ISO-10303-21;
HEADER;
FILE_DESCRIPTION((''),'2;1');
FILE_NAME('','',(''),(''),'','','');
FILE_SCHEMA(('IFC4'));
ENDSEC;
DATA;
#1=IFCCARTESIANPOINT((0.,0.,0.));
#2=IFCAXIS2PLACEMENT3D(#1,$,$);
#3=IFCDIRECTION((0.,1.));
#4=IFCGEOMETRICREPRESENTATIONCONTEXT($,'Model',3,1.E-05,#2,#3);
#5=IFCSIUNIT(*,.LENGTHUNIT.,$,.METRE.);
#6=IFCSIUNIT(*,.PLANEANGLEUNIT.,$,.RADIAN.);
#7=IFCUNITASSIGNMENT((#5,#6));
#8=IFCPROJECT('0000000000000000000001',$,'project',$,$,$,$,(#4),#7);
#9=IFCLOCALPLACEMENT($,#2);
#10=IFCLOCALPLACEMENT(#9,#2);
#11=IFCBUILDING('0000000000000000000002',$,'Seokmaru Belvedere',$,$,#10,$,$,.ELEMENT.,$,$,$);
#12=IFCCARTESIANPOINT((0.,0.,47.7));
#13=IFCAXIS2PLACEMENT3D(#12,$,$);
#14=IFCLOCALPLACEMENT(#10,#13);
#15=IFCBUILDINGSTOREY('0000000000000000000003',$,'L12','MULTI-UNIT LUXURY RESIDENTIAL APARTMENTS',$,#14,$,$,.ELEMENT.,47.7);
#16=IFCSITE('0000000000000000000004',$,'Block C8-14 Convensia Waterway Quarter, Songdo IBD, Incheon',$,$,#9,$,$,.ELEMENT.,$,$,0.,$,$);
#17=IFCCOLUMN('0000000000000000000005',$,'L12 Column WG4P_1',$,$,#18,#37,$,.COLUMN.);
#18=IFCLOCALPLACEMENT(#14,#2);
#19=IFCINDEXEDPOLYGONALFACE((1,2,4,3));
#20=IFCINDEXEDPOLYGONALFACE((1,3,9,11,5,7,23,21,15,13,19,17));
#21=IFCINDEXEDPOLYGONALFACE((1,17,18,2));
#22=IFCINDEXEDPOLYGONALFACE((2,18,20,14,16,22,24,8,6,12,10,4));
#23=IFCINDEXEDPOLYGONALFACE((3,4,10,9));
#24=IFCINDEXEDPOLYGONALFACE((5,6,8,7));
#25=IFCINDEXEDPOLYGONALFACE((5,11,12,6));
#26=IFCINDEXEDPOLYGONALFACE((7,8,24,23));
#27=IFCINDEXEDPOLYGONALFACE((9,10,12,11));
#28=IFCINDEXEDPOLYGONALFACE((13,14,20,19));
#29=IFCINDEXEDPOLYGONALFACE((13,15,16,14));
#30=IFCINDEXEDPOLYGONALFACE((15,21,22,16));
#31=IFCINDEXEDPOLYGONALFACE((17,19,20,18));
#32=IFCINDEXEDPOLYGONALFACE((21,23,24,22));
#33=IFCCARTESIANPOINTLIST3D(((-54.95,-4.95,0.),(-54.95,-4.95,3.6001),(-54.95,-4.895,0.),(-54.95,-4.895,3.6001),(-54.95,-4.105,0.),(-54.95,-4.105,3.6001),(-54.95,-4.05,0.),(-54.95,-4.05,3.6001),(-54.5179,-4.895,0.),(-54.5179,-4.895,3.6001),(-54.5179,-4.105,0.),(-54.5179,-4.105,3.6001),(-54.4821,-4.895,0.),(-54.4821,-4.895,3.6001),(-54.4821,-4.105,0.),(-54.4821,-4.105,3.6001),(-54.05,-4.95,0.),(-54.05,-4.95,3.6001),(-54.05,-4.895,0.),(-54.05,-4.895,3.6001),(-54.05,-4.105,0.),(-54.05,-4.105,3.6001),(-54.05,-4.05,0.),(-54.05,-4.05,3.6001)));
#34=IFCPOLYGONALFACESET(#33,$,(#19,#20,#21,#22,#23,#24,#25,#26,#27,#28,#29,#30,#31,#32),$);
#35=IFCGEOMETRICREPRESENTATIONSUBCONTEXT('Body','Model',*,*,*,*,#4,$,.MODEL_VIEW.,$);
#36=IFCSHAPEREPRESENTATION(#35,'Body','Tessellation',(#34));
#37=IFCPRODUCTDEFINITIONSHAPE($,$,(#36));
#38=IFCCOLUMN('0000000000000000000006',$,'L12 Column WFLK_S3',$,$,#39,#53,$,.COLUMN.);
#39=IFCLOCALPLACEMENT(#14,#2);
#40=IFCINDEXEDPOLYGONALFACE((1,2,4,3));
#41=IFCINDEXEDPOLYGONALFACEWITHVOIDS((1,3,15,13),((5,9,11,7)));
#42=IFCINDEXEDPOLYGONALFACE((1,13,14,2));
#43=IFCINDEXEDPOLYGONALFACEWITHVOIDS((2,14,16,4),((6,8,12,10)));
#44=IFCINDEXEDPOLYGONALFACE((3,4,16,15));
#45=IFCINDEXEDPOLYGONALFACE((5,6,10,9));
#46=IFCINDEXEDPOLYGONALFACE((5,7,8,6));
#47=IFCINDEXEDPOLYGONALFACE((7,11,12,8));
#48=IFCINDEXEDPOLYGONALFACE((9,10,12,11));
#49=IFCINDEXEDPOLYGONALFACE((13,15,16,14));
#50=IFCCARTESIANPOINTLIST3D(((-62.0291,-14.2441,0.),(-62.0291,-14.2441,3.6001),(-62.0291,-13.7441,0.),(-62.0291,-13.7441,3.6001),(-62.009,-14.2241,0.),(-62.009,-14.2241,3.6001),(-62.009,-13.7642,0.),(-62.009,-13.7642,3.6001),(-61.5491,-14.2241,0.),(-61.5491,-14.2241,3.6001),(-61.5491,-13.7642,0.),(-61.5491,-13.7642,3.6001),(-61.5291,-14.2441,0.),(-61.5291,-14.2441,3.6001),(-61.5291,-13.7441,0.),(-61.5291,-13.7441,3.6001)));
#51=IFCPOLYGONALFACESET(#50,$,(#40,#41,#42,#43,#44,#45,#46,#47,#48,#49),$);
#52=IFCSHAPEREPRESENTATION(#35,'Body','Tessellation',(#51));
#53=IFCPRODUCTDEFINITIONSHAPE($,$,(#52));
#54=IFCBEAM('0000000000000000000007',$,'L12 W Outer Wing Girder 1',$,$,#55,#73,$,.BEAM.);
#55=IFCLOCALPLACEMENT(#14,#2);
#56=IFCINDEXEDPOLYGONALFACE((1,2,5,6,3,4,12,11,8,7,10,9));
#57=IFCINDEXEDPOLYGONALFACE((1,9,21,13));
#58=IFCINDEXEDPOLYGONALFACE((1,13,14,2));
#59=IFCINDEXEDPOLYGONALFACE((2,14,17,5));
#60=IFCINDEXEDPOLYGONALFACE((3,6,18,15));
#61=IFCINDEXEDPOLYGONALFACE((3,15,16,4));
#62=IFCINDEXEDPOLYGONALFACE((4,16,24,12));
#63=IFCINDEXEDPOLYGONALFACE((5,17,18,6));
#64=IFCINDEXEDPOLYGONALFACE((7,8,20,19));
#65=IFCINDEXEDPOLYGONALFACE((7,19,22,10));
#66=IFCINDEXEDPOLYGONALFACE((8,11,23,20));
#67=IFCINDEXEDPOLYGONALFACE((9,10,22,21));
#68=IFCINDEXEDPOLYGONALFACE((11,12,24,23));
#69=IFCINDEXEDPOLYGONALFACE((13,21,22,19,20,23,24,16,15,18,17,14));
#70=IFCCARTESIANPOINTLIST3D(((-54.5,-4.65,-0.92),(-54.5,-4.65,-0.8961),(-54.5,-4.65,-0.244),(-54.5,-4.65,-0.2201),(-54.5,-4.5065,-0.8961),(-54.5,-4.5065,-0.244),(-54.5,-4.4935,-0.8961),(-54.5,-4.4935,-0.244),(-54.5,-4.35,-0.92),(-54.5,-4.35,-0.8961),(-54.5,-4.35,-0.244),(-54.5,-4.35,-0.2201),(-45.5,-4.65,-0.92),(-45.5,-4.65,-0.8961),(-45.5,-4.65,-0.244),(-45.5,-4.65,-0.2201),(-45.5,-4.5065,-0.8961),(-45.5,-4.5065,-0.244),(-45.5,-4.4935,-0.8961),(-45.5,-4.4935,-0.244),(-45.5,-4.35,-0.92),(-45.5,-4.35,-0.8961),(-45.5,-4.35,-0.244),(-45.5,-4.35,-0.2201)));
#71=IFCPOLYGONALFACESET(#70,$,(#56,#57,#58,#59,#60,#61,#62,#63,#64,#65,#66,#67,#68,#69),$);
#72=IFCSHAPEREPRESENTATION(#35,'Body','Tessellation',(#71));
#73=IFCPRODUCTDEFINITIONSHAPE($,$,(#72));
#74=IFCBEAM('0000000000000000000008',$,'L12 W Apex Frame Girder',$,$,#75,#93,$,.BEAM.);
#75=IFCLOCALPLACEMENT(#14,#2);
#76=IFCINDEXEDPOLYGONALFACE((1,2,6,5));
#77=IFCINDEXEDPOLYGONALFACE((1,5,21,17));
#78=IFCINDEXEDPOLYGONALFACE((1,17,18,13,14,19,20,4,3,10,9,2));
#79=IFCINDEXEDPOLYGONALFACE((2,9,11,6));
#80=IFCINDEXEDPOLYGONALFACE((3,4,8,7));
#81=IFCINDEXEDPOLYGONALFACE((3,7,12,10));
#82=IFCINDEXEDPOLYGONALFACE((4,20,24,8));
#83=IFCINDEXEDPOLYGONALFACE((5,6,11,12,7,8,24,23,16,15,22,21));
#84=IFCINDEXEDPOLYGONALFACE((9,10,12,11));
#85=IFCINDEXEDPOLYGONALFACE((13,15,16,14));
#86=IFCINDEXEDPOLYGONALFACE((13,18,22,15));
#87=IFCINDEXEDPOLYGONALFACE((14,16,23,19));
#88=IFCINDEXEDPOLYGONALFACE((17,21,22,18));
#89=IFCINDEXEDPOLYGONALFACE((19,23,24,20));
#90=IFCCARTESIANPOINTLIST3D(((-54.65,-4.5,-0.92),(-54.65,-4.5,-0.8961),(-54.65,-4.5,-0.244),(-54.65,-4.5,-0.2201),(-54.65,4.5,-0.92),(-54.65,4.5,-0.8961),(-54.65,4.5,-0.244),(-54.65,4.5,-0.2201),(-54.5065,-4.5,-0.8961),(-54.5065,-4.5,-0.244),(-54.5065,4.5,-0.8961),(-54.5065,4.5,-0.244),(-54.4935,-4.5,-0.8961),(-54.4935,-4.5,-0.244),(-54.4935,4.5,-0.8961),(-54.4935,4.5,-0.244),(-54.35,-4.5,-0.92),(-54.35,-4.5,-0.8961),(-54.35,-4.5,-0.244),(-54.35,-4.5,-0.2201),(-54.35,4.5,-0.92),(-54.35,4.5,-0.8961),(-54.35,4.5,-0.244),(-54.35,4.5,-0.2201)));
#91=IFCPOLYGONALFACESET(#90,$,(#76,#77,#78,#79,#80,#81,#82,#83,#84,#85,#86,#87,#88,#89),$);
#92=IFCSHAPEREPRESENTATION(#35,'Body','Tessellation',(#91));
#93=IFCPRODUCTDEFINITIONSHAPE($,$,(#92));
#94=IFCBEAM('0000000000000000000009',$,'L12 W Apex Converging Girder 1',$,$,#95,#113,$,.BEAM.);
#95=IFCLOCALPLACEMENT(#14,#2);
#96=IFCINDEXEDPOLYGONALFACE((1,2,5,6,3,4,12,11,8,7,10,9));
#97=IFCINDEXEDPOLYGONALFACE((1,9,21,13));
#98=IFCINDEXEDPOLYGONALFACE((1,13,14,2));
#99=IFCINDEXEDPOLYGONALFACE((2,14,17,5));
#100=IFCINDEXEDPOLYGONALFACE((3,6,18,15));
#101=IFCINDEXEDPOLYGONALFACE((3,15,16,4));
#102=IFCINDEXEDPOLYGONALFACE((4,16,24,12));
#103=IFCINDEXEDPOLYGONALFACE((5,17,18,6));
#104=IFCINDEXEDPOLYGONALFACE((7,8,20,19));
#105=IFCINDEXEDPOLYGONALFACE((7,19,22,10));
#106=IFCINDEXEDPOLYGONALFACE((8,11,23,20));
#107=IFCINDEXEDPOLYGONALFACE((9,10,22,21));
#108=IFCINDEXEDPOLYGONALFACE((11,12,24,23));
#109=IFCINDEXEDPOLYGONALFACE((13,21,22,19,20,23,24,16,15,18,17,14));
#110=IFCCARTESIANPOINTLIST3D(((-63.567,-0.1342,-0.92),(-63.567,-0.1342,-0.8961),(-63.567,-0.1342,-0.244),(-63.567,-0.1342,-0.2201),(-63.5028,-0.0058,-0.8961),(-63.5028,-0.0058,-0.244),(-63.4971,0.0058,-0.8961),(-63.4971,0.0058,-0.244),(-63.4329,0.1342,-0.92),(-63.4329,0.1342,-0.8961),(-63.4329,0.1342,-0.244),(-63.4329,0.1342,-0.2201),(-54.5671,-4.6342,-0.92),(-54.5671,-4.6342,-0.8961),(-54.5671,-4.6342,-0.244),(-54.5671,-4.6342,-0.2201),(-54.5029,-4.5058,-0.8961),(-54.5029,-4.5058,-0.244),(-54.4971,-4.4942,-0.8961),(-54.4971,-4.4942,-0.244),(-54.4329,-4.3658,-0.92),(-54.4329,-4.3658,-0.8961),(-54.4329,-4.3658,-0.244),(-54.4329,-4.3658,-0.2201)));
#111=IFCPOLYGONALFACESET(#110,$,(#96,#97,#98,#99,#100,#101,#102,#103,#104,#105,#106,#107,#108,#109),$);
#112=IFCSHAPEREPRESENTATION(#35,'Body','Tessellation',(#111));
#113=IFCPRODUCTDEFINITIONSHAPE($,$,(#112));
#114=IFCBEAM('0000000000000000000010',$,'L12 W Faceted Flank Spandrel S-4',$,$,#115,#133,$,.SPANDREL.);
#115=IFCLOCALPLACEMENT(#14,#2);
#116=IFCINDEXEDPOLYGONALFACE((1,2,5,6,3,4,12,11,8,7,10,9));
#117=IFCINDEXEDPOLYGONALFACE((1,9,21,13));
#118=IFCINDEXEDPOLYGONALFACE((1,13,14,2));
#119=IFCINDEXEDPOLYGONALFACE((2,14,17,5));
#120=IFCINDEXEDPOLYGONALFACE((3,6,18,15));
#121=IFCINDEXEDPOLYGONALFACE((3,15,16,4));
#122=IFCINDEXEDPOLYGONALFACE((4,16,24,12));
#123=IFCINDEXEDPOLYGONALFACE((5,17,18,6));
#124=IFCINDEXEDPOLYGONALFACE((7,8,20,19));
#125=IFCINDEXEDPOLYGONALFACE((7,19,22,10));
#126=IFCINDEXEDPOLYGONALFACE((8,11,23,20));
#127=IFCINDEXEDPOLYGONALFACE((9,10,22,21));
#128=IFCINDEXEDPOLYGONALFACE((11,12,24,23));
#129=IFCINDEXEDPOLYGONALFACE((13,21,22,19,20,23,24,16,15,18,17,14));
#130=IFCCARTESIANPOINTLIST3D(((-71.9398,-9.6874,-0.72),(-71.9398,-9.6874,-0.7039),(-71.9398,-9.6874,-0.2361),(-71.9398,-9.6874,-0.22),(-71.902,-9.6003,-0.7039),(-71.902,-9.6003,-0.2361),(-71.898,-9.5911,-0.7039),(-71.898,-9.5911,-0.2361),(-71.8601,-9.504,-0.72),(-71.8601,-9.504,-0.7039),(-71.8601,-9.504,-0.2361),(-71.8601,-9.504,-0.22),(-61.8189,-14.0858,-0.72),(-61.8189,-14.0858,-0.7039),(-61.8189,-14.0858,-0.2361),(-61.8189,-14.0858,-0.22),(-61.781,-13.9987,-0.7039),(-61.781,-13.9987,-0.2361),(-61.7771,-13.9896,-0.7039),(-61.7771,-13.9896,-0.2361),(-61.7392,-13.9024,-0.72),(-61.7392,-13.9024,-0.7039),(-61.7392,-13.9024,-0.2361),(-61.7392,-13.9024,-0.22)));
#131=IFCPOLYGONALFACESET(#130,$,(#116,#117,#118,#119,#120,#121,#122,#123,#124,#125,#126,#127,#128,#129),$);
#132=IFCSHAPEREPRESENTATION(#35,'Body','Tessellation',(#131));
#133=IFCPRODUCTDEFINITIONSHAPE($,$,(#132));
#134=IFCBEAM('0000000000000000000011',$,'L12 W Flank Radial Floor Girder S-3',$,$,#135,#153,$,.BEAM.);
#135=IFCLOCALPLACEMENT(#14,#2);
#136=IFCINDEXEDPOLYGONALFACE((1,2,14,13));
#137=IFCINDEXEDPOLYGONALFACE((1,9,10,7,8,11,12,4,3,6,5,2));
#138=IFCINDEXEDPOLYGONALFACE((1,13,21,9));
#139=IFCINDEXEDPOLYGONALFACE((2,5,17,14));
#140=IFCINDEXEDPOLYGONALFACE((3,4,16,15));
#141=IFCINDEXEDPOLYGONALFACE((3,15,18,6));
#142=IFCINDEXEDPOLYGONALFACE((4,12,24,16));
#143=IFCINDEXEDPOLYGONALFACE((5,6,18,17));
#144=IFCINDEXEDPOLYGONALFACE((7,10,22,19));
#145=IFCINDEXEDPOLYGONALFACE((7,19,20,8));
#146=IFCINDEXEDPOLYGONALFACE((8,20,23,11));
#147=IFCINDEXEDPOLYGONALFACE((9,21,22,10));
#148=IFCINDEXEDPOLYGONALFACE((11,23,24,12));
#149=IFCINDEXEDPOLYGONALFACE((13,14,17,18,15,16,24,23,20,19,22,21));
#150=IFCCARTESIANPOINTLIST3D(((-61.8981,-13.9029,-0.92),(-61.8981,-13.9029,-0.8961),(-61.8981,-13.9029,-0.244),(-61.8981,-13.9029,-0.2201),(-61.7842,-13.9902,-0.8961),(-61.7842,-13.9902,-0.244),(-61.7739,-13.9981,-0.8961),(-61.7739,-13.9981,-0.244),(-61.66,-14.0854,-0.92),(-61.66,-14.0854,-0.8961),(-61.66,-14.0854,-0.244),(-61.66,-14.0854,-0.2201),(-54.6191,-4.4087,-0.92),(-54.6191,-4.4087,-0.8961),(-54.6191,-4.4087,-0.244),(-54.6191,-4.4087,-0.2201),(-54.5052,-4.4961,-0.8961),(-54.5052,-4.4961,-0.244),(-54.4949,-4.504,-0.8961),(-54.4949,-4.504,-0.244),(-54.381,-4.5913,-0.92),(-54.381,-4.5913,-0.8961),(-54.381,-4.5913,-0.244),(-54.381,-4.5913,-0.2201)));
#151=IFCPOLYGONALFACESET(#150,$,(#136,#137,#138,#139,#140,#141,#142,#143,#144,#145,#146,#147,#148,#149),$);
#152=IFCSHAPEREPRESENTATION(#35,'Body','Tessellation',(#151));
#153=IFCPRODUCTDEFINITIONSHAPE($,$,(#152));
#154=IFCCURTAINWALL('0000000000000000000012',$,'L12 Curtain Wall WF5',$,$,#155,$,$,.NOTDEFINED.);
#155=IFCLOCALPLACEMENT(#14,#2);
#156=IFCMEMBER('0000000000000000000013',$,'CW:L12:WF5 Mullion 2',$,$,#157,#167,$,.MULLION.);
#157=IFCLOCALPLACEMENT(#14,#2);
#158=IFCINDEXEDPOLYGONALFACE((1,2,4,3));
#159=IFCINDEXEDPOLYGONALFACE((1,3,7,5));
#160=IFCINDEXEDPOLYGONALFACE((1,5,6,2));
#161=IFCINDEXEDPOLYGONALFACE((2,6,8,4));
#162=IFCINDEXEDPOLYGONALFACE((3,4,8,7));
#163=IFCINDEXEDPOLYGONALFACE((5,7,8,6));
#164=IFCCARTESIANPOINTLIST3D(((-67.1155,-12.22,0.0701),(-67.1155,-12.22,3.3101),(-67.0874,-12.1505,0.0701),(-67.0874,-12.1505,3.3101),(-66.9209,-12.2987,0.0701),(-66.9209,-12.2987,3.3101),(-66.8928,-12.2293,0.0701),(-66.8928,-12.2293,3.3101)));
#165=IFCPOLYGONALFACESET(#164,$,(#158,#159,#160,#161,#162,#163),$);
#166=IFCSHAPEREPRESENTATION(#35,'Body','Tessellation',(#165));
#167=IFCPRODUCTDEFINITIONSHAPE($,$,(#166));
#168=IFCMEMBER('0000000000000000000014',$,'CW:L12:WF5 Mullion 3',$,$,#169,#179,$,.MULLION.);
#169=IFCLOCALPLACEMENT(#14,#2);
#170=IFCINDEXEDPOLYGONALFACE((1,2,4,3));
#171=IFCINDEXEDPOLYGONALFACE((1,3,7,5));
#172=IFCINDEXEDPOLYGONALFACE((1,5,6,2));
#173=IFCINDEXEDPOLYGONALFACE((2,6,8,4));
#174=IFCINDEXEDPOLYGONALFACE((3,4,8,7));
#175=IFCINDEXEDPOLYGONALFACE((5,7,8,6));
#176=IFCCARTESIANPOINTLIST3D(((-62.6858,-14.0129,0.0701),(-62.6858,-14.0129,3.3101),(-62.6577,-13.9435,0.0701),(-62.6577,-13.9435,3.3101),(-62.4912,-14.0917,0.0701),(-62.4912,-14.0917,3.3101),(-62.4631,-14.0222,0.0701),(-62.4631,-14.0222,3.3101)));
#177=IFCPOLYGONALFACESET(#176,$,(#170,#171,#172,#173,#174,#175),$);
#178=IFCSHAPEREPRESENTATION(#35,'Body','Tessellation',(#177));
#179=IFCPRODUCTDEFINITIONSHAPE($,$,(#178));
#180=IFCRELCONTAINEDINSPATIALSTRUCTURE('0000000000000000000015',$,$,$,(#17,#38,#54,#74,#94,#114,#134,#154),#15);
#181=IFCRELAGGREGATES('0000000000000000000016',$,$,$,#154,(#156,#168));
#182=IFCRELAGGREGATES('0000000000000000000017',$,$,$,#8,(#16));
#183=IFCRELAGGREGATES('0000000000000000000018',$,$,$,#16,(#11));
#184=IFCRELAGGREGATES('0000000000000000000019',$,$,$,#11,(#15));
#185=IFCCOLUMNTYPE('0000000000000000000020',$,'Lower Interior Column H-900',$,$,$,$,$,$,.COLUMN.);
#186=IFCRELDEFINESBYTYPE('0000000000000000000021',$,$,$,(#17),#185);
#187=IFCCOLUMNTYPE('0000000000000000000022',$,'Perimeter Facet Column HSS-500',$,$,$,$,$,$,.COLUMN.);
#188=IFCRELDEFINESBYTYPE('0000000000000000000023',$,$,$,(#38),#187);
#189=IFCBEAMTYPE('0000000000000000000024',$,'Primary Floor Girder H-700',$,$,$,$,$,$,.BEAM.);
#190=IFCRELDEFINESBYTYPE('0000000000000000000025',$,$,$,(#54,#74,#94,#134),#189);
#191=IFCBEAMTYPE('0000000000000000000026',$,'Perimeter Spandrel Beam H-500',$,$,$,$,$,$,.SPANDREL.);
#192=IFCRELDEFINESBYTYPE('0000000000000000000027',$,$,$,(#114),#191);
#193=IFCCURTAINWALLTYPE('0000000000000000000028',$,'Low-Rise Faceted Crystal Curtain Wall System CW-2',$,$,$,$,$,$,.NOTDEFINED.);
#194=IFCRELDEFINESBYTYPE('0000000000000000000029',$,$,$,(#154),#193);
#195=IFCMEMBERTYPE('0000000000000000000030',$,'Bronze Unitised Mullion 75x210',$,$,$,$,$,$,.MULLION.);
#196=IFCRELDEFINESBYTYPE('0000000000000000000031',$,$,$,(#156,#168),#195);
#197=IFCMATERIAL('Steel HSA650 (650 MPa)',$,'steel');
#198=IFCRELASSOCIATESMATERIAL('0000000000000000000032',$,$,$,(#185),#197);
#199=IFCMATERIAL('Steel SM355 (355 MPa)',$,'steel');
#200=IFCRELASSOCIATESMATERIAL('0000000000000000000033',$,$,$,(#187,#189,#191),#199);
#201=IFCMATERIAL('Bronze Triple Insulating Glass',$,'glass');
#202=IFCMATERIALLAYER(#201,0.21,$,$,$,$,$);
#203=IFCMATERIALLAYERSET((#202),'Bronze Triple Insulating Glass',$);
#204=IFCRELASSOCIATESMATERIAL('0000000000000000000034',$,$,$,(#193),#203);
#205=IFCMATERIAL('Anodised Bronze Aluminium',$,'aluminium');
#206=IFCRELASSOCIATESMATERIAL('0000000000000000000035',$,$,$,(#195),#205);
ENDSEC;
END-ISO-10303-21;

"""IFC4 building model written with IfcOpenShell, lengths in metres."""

from ifc_helpers import new_model, si_unit, direction, frame, origin, origin_2d, place, context, subcontext, project, spatial, rectangle, hollow_rectangle, i_section, extrude, source, transform, mapped, material, layer, layer_set, material_profile, profile_set, type_object, type_shapes, element, aggregate, save


model = new_model("IFC4")

# Units and contexts
model_context = context("Model", 3, precision=1e-05, world=origin(), true_north=direction((0.0, 1.0)))
body_context = subcontext(model_context, "Body", "Model", "MODEL_VIEW")
ifc_project = project(units=[si_unit("LENGTHUNIT", "METRE"), si_unit("PLANEANGLEUNIT", "RADIAN")], contexts=[model_context])

# Site, building, storey
site_placement = place(None, origin())
site = spatial("IfcSite", under=ifc_project, at=site_placement, Name="Block C8-14 Convensia Waterway Quarter, Songdo IBD, Incheon", CompositionType="ELEMENT", RefElevation=0.0)
building_placement = place(site_placement, origin())
building = spatial("IfcBuilding", under=site, at=building_placement, Name="Seokmaru Belvedere", CompositionType="ELEMENT")
storey_placement = place(building_placement, frame((0.0, 0.0, 47.7)))
storey = spatial("IfcBuildingStorey", under=building, at=storey_placement, Name="L12", Description="MULTI-UNIT LUXURY RESIDENTIAL APARTMENTS", CompositionType="ELEMENT", Elevation=47.7)

# Columns
ifc_material_1 = material(Name="Steel HSA650 (650 MPa)", Category="steel")
ifc_material_profile_1 = material_profile(ifc_material_1, i_section(OverallWidth=0.8999, OverallDepth=0.8999, WebThickness=0.0359, FlangeThickness=0.0549, at=origin_2d()), Name="H-900x900x36x55")
ifc_profile_set_1 = profile_set([ifc_material_profile_1], Name="Steel HSA650 (650 MPa)")
column_type_1 = type_object("IfcColumnType", Name="Lower Interior Column H-900", PredefinedType="COLUMN", material=ifc_profile_set_1)
shared_shape_1 = source(origin(), body_context, "Body", "SweptSolid", [
    extrude(i_section(OverallWidth=0.8999, OverallDepth=0.8999, WebThickness=0.0359, FlangeThickness=0.0549, at=origin_2d()), origin(), (0.0, 0.0, 1.0), 3.6001),
])
type_shapes(column_type_1, [shared_shape_1])
column_1_placement = place(storey_placement, frame((-54.5, -4.5, 0.0), z_axis=(0.0, 0.0, 1.0), x_axis=(1.0, 0.0, 0.0)))
element("IfcColumn", 1, at=column_1_placement, inside=storey, type_object=column_type_1, Name="L12 Column WG4P_1", PredefinedType="COLUMN", context=body_context, shape_type="MappedRepresentation", body=[
    mapped(shared_shape_1, transform((0.0, 0.0, 0.0), scale=1.0)),
])
ifc_material_2 = material(Name="Steel SM355 (355 MPa)", Category="steel")
ifc_material_profile_2 = material_profile(ifc_material_2, hollow_rectangle(XDim=0.5, YDim=0.5, WallThickness=0.02, at=origin_2d()), Name="HSS-500x500x20")
ifc_profile_set_2 = profile_set([ifc_material_profile_2], Name="Steel SM355 (355 MPa)")
column_type_2 = type_object("IfcColumnType", Name="Perimeter Facet Column HSS-500", PredefinedType="COLUMN", material=ifc_profile_set_2)
shared_shape_2 = source(origin(), body_context, "Body", "SweptSolid", [
    extrude(hollow_rectangle(XDim=0.5, YDim=0.5, WallThickness=0.02, at=origin_2d()), origin(), (0.0, 0.0, 1.0), 3.6001),
])
type_shapes(column_type_2, [shared_shape_2])
column_2_placement = place(storey_placement, frame((-61.7791, -13.9941, 0.0), z_axis=(0.0, 0.0, 1.0), x_axis=(1.0, 0.0, 0.0)))
element("IfcColumn", 2, at=column_2_placement, inside=storey, type_object=column_type_2, Name="L12 Column WFLK_S3", PredefinedType="COLUMN", context=body_context, shape_type="MappedRepresentation", body=[
    mapped(shared_shape_2, transform((0.0, 0.0, 0.0), scale=1.0)),
])

# Beams
ifc_material_profile_3 = material_profile(ifc_material_2, i_section(OverallWidth=0.3, OverallDepth=0.7, WebThickness=0.0129, FlangeThickness=0.0239, at=origin_2d()), Name="H-700x300x13x24")
ifc_profile_set_3 = profile_set([ifc_material_profile_3], Name="Steel SM355 (355 MPa)")
beam_type_1 = type_object("IfcBeamType", Name="Primary Floor Girder H-700", PredefinedType="BEAM", material=ifc_profile_set_3)
shared_shape_3 = source(origin(), body_context, "Body", "SweptSolid", [
    extrude(i_section(OverallWidth=0.3, OverallDepth=0.7, WebThickness=0.0129, FlangeThickness=0.0239, at=origin_2d()), origin(), (0.0, 0.0, 1.0), 9.0),
])
for number, where, z_axis, x_axis, name in (
    (3, (-54.5, -4.5, -0.5701), (1.0, 0.0, 0.0), (0.0, 1.0, 0.0), "L12 W Outer Wing Girder 1"),
    (4, (-54.5, -4.5, -0.5701), (0.0, 1.0, 0.0), (-1.0, 0.0, 0.0), "L12 W Apex Frame Girder"),
):
    element("IfcBeam", number, at=place(storey_placement, frame(where, z_axis=z_axis, x_axis=x_axis)), inside=storey, type_object=beam_type_1, Name=name, PredefinedType="BEAM", context=body_context, shape_type="MappedRepresentation", body=[
        mapped(shared_shape_3, transform((0.0, 0.0, 0.0), scale=1.0)),
    ])
shared_shape_4 = source(origin(), body_context, "Body", "SweptSolid", [
    extrude(i_section(OverallWidth=0.3, OverallDepth=0.7, WebThickness=0.0129, FlangeThickness=0.0239, at=origin_2d()), origin(), (0.0, 0.0, 1.0), 10.0623),
])
beam_1_placement = place(storey_placement, frame((-54.5, -4.5, -0.5701), z_axis=(-0.894427, 0.447214, 0.0), x_axis=(-0.447214, -0.894427, 0.0)))
element("IfcBeam", 5, at=beam_1_placement, inside=storey, type_object=beam_type_1, Name="L12 W Apex Converging Girder 1", PredefinedType="BEAM", context=body_context, shape_type="MappedRepresentation", body=[
    mapped(shared_shape_4, transform((0.0, 0.0, 0.0), scale=1.0)),
])
ifc_material_profile_4 = material_profile(ifc_material_2, i_section(OverallWidth=0.2, OverallDepth=0.5, WebThickness=0.01, FlangeThickness=0.0161, at=origin_2d()), Name="H-500x200x10x16")
ifc_profile_set_4 = profile_set([ifc_material_profile_4], Name="Steel SM355 (355 MPa)")
beam_type_2 = type_object("IfcBeamType", Name="Perimeter Spandrel Beam H-500", PredefinedType="SPANDREL", material=ifc_profile_set_4)
shared_shape_5 = source(origin(), body_context, "Body", "SweptSolid", [
    extrude(i_section(OverallWidth=0.2, OverallDepth=0.5, WebThickness=0.01, FlangeThickness=0.0161, at=origin_2d()), origin(), (0.0, 0.0, 1.0), 11.0354),
])
type_shapes(beam_type_2, [shared_shape_5])
beam_2_placement = place(storey_placement, frame((-61.7791, -13.9941, -0.47), z_axis=(-0.917134, 0.398579, 0.0), x_axis=(-0.398579, -0.917134, 0.0)))
element("IfcBeam", 6, at=beam_2_placement, inside=storey, type_object=beam_type_2, Name="L12 W Faceted Flank Spandrel S-4", PredefinedType="SPANDREL", context=body_context, shape_type="MappedRepresentation", body=[
    mapped(shared_shape_5, transform((0.0, 0.0, 0.0), scale=1.0)),
])
shared_shape_6 = source(origin(), body_context, "Body", "SweptSolid", [
    extrude(i_section(OverallWidth=0.3, OverallDepth=0.7, WebThickness=0.0129, FlangeThickness=0.0239, at=origin_2d()), origin(), (0.0, 0.0, 1.0), 11.9634),
])
type_shapes(beam_type_1, [shared_shape_3, shared_shape_4, shared_shape_6])
beam_3_placement = place(storey_placement, frame((-61.7791, -13.9941, -0.5701), z_axis=(0.608443, 0.793598, 0.0), x_axis=(-0.793598, 0.608443, 0.0)))
element("IfcBeam", 7, at=beam_3_placement, inside=storey, type_object=beam_type_1, Name="L12 W Flank Radial Floor Girder S-3", PredefinedType="BEAM", context=body_context, shape_type="MappedRepresentation", body=[
    mapped(shared_shape_6, transform((0.0, 0.0, 0.0), scale=1.0)),
])

# Curtain wall, members
ifc_material_3 = material(Name="Bronze Triple Insulating Glass", Category="glass")
ifc_layer_1 = layer(ifc_material_3, 0.21)
ifc_layer_set_1 = layer_set([ifc_layer_1], Name="Bronze Triple Insulating Glass")
curtain_wall_type = type_object("IfcCurtainWallType", Name="Low-Rise Faceted Crystal Curtain Wall System CW-2", PredefinedType="NOTDEFINED", material=ifc_layer_set_1)
curtain_wall_placement = place(storey_placement, origin())
curtain_wall = element("IfcCurtainWall", 8, at=curtain_wall_placement, inside=storey, type_object=curtain_wall_type, Name="L12 Curtain Wall WF5", PredefinedType="NOTDEFINED")
ifc_material_4 = material(Name="Anodised Bronze Aluminium", Category="aluminium")
ifc_material_profile_5 = material_profile(ifc_material_4, rectangle(XDim=0.075, YDim=0.21, at=origin_2d()), Name="CW-M-75x210")
ifc_profile_set_5 = profile_set([ifc_material_profile_5], Name="Anodised Bronze Aluminium")
member_type = type_object("IfcMemberType", Name="Bronze Unitised Mullion 75x210", PredefinedType="MULLION", material=ifc_profile_set_5)
shared_shape_7 = source(origin(), body_context, "Body", "SweptSolid", [
    extrude(rectangle(XDim=0.075, YDim=0.21, at=origin_2d()), origin(), (0.0, 0.0, 1.0), 3.24),
])
type_shapes(member_type, [shared_shape_7])
member_1_placement = place(storey_placement, frame((-67.0042, -12.2246, 0.0701), z_axis=(0.0, 0.0, 1.0), x_axis=(0.375192, 0.926947, 0.0)))
member_1 = element("IfcMember", 9, at=member_1_placement, type_object=member_type, Name="CW:L12:WF5 Mullion 2", PredefinedType="MULLION", context=body_context, shape_type="MappedRepresentation", body=[
    mapped(shared_shape_7, transform((0.0, 0.0, 0.0), scale=1.0)),
])
member_2_placement = place(storey_placement, frame((-62.5745, -14.0176, 0.0701), z_axis=(0.0, 0.0, 1.0), x_axis=(0.375192, 0.926947, 0.0)))
member_2 = element("IfcMember", 10, at=member_2_placement, type_object=member_type, Name="CW:L12:WF5 Mullion 3", PredefinedType="MULLION", context=body_context, shape_type="MappedRepresentation", body=[
    mapped(shared_shape_7, transform((0.0, 0.0, 0.0), scale=1.0)),
])
aggregate(curtain_wall, [member_1, member_2])

save(model, "model.ifc")
